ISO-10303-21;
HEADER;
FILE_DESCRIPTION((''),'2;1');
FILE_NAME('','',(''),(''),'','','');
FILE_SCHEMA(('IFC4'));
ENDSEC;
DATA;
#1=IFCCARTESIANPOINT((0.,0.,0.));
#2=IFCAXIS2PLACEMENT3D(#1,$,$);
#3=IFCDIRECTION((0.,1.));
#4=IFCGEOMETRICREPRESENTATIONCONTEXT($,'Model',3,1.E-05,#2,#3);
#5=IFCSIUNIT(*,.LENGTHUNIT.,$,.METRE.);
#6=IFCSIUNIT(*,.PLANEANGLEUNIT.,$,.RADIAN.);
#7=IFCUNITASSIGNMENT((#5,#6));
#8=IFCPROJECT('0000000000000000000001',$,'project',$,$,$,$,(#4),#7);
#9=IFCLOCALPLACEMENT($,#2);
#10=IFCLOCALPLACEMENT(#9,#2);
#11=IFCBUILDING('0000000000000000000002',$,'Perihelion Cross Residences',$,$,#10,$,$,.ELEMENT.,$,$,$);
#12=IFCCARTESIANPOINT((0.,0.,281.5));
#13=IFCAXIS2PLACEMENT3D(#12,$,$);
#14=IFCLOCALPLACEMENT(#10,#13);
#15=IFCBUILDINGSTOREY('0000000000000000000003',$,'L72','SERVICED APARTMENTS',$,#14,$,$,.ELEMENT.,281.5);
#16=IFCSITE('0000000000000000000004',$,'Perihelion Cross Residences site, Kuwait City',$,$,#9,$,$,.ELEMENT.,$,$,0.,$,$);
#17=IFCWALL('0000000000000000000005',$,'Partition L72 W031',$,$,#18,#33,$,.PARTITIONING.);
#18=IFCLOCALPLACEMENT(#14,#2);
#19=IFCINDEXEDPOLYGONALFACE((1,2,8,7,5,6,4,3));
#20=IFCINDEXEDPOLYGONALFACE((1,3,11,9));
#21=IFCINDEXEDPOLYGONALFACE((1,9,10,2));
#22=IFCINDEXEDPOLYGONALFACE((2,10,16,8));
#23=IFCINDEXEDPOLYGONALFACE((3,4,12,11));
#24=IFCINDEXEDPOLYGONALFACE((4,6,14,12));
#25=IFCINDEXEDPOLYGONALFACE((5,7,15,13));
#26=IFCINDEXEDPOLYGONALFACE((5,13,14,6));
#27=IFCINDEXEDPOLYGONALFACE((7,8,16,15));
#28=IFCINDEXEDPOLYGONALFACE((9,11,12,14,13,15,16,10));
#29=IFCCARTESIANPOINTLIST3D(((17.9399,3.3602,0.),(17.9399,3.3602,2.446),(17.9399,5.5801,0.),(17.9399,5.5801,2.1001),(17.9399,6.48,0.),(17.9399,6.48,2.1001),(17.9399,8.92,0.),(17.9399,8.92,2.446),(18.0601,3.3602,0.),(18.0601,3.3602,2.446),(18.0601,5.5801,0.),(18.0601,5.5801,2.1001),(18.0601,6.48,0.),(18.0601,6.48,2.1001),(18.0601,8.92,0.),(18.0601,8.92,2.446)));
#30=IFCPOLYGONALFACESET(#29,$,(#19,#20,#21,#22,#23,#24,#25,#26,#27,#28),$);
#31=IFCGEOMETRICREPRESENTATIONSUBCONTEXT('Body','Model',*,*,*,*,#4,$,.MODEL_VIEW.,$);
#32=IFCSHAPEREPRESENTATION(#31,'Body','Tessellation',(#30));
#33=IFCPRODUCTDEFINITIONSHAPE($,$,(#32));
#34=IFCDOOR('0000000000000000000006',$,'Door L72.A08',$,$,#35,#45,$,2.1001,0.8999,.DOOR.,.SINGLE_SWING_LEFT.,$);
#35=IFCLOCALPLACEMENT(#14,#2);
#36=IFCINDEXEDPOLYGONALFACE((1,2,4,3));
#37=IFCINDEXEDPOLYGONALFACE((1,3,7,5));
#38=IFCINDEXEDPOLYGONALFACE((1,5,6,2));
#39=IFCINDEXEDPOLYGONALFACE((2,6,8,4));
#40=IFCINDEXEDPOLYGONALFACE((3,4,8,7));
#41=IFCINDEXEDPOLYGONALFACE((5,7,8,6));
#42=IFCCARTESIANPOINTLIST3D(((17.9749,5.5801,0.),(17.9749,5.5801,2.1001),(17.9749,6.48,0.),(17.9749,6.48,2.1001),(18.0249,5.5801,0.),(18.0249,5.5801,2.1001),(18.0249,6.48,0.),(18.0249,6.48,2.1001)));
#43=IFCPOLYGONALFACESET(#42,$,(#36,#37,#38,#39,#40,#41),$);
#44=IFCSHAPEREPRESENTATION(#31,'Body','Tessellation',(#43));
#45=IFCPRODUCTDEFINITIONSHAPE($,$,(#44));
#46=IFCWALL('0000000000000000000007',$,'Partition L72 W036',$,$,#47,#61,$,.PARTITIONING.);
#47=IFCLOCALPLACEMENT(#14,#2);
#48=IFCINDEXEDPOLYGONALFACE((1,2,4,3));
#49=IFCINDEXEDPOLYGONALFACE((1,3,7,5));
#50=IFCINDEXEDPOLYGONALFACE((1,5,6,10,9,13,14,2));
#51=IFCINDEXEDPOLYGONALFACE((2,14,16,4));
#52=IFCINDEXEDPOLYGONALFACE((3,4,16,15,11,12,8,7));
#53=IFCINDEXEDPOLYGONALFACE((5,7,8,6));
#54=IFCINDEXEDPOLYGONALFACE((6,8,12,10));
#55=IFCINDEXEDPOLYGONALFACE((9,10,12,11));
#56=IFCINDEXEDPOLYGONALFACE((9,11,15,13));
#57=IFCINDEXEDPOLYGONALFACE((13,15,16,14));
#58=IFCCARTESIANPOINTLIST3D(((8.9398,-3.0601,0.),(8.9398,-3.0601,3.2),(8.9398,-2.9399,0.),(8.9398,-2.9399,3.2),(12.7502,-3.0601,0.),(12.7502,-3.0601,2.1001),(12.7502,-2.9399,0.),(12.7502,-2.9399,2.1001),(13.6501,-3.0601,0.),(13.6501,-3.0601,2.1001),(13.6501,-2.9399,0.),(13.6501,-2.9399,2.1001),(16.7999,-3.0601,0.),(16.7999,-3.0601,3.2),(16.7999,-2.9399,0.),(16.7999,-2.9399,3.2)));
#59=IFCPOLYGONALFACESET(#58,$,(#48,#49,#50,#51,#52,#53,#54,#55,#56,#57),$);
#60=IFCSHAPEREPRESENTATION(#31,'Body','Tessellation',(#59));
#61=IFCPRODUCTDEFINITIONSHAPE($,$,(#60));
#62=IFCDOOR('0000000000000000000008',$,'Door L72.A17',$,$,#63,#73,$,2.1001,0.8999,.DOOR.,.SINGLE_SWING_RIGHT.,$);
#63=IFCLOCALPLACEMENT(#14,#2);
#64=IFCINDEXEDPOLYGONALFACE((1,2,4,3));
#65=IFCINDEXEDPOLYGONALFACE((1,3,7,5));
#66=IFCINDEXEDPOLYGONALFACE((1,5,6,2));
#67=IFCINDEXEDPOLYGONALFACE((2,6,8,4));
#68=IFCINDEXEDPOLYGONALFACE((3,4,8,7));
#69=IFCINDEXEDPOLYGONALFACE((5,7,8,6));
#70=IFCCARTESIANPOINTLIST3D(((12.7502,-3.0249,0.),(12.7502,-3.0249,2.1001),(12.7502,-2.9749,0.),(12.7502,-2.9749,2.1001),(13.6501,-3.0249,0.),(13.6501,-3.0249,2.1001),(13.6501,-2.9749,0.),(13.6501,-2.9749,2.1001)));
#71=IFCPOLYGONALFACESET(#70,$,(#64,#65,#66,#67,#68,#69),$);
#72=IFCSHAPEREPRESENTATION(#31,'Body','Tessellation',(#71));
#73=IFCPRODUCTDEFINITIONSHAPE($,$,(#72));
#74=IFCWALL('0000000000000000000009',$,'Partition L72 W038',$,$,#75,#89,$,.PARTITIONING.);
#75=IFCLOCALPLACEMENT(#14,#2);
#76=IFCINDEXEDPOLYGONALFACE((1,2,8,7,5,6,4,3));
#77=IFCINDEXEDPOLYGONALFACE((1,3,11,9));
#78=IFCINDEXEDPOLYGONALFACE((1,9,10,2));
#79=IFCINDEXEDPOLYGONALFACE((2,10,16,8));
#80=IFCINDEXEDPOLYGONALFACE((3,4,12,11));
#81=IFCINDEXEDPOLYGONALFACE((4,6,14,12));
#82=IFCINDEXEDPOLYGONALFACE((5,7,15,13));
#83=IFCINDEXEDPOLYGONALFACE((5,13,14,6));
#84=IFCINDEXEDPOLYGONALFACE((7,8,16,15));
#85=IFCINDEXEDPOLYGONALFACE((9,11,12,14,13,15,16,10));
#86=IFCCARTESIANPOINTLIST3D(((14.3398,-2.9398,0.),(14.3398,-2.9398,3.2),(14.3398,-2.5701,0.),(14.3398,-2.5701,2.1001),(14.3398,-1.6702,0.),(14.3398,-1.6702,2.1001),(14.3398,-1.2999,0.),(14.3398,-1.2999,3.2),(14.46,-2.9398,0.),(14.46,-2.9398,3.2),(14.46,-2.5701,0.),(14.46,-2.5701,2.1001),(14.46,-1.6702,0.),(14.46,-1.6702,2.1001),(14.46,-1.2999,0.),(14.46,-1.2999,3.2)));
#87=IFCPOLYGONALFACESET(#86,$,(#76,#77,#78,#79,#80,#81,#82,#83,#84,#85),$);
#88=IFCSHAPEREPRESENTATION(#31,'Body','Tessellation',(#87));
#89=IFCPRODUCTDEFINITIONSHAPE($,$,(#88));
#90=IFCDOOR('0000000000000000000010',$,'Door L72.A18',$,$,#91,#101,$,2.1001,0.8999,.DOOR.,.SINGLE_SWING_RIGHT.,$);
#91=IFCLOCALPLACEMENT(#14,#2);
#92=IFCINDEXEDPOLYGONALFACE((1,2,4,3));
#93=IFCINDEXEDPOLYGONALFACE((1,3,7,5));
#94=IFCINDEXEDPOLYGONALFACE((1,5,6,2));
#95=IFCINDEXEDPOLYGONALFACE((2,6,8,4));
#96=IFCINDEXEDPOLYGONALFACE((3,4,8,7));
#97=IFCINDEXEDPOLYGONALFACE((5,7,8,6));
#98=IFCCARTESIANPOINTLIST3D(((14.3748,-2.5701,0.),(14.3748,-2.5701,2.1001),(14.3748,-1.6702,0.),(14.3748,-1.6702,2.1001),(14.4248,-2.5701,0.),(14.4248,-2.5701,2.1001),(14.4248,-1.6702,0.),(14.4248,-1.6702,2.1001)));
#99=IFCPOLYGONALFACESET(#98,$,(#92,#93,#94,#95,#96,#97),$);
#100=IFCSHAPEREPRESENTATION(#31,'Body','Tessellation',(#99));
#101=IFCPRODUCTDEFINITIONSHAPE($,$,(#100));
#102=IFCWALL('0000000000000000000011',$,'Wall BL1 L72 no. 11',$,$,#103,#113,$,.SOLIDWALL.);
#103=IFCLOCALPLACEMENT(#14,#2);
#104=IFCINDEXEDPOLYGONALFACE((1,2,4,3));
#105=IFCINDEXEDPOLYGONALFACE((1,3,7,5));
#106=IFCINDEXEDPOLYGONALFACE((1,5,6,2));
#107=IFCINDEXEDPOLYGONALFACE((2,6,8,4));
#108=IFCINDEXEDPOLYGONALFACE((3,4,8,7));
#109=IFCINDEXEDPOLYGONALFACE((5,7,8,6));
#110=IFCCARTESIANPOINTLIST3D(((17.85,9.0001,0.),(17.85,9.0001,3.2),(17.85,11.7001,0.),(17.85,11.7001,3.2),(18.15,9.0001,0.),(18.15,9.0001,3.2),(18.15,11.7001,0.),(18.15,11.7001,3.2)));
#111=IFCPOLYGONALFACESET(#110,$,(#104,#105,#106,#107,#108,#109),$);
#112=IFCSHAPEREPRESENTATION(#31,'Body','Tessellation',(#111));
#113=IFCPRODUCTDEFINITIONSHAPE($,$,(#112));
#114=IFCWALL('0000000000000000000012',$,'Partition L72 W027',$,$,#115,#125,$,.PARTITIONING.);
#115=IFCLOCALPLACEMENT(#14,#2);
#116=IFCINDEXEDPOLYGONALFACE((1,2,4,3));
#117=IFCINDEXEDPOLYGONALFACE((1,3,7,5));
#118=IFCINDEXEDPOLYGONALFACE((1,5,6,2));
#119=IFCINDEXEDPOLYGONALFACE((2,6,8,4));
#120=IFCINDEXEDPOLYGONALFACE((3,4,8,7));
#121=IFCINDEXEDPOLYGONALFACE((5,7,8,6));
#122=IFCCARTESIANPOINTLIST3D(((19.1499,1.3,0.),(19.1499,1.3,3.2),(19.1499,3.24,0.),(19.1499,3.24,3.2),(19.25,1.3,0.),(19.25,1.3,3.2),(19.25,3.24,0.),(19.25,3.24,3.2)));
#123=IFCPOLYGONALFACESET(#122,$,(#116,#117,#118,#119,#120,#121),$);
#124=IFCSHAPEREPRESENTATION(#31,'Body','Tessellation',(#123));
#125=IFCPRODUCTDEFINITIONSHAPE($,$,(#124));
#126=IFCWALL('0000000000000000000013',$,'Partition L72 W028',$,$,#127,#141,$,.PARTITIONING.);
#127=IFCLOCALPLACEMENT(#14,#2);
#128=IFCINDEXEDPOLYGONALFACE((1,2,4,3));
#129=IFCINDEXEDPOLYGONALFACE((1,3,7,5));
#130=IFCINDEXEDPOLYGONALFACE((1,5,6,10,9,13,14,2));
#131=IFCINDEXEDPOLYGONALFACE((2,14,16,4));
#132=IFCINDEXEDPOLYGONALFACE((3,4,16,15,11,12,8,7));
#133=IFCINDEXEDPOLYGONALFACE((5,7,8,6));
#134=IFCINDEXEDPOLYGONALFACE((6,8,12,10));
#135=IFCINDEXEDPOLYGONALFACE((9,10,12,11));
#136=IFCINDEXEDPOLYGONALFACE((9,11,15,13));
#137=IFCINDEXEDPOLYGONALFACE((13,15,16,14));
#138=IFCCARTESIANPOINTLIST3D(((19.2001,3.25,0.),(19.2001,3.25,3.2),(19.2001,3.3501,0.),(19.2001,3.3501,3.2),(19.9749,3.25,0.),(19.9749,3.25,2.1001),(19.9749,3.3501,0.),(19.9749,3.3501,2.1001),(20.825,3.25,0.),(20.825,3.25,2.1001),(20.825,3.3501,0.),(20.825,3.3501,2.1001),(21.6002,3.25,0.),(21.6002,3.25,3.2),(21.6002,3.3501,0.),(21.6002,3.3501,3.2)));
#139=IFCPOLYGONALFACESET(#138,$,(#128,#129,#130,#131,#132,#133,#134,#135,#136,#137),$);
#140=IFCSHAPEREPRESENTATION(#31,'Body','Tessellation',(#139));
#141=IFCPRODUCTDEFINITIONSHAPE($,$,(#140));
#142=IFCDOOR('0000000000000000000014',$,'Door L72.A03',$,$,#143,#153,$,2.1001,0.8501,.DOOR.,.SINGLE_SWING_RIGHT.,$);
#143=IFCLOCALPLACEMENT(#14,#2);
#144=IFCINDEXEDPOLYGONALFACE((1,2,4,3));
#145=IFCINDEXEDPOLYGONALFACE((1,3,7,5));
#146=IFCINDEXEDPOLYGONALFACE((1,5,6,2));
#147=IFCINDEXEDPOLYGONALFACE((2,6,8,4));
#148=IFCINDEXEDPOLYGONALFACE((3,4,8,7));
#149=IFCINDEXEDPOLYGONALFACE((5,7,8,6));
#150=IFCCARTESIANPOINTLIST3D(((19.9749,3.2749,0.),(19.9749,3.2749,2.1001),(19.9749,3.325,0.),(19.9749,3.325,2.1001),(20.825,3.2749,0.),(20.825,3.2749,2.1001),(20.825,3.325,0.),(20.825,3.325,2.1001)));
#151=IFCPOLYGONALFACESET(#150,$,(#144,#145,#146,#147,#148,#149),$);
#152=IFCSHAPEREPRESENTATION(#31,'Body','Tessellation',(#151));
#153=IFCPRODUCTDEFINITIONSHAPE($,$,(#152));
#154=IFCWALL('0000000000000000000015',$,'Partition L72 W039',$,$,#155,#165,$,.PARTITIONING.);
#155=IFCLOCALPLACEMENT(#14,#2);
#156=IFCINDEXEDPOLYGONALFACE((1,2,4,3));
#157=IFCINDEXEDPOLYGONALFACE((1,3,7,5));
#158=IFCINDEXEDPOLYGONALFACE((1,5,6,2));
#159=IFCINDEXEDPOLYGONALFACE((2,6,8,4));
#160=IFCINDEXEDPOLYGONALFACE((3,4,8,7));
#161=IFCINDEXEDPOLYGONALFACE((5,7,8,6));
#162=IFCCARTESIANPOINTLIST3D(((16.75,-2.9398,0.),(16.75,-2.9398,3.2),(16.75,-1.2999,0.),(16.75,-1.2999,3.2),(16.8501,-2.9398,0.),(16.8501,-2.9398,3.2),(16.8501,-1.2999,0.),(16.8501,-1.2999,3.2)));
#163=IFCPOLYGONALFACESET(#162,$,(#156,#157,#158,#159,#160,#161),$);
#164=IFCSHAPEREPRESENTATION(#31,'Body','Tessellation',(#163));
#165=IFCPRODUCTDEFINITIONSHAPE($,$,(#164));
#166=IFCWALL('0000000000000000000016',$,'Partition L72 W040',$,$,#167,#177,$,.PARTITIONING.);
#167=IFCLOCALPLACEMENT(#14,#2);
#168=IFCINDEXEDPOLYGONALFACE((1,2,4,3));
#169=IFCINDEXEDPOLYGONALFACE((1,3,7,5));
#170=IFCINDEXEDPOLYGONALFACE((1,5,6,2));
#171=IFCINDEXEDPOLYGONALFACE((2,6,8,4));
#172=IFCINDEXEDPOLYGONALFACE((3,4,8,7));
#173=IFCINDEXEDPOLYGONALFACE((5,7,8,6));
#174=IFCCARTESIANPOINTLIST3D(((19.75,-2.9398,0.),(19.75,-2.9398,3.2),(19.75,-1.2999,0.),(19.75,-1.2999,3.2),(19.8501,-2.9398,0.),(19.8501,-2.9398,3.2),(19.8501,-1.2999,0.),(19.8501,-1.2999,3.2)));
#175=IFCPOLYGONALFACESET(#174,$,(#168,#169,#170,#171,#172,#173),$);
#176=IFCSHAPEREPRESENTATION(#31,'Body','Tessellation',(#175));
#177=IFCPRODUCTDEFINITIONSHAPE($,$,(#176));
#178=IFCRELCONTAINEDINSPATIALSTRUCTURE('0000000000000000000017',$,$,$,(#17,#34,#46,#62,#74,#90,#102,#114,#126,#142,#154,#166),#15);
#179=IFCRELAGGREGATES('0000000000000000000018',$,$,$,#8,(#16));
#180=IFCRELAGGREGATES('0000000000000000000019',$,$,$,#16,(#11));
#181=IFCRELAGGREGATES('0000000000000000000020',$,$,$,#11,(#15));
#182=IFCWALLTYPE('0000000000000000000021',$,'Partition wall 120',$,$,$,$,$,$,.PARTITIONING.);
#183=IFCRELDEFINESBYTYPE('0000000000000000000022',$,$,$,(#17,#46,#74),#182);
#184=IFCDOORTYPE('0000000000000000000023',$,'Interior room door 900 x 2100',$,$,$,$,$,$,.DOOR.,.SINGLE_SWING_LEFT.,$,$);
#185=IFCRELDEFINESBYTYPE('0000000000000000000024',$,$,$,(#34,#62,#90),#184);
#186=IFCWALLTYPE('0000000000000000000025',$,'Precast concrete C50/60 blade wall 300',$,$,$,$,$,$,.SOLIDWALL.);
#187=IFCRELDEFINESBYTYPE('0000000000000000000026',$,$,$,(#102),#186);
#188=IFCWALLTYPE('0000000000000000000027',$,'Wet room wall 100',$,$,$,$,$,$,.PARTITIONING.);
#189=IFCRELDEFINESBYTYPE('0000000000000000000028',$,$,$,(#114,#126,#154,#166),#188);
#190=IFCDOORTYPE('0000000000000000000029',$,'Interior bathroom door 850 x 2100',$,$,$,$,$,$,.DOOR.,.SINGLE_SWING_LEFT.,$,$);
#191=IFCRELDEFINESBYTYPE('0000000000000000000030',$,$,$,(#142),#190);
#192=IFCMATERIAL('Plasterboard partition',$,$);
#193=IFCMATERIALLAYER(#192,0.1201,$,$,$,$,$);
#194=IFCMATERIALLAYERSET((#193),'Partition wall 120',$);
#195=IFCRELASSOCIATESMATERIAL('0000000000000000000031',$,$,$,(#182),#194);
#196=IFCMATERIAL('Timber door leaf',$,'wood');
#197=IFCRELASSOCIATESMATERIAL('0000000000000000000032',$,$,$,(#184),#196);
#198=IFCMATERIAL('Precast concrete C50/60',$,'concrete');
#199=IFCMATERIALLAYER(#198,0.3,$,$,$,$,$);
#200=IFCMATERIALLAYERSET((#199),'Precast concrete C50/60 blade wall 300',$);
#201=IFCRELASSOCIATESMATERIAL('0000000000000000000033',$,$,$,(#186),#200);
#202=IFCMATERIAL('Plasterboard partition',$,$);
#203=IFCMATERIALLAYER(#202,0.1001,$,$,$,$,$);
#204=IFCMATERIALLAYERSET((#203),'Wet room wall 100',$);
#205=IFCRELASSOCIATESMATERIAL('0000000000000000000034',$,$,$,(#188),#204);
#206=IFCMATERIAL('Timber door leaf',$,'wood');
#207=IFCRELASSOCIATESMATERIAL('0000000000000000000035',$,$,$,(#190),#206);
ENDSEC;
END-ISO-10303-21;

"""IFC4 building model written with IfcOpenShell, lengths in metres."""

from ifc_helpers import new_model, si_unit, direction, frame, frame_2d, origin, place, context, subcontext, project, spatial, rectangle, extrude, material, layer, layer_set, type_object, element, fill, save


model = new_model("IFC4")

# Units and contexts
model_context = context("Model", 3, precision=1e-05, world=origin(), true_north=direction((0.0, 1.0)))
body_context = subcontext(model_context, "Body", "Model", "MODEL_VIEW")
ifc_project = project(units=[si_unit("LENGTHUNIT", "METRE"), si_unit("PLANEANGLEUNIT", "RADIAN")], contexts=[model_context])

# Site, building, storey
site_placement = place(None, origin())
site = spatial("IfcSite", under=ifc_project, at=site_placement, Name="Perihelion Cross Residences site, Kuwait City", CompositionType="ELEMENT", RefElevation=0.0)
building_placement = place(site_placement, origin())
building = spatial("IfcBuilding", under=site, at=building_placement, Name="Perihelion Cross Residences", CompositionType="ELEMENT")
storey_placement = place(building_placement, frame((0.0, 0.0, 281.5)))
storey = spatial("IfcBuildingStorey", under=building, at=storey_placement, Name="L72", Description="SERVICED APARTMENTS", CompositionType="ELEMENT", Elevation=281.5)

# Shared definitions
ifc_material_1 = material(Name="Plasterboard partition")
ifc_layer_1 = layer(ifc_material_1, 0.1201)
ifc_layer_set_1 = layer_set([ifc_layer_1], Name="Partition wall 120")
wall_type_1 = type_object("IfcWallType", Name="Partition wall 120", PredefinedType="PARTITIONING", material=ifc_layer_set_1)

# Walls, openings, doors
wall_1_placement = place(storey_placement, frame((18.0, 8.9199, 0.0), z_axis=(0.0, 0.0, 1.0), x_axis=(0.0, -1.0, 0.0)))
wall_1 = element("IfcWall", 1, at=wall_1_placement, inside=storey, type_object=wall_type_1, Name="Partition L72 W031", PredefinedType="PARTITIONING", context=body_context, shape_type="SweptSolid", body=[
    extrude(rectangle(XDim=5.5598, YDim=0.1201, at=frame_2d((2.7798, 0.0))), origin(), (0.0, 0.0, 1.0), 2.446),
])
opening_1_placement = place(wall_1_placement, frame((2.4399, 0.0, 0.0)))
opening_1 = element("IfcOpeningElement", 2, at=opening_1_placement, cuts=wall_1, PredefinedType="OPENING", context=body_context, shape_type="SweptSolid", body=[
    extrude(rectangle(XDim=0.8999, YDim=2.1001, at=frame_2d((0.45, 1.05))), frame((0.0, 0.0701, 0.0), z_axis=(0.0, -1.0, 0.0), x_axis=(1.0, 0.0, 0.0)), (0.0, 0.0, 1.0), 0.1401),
])
ifc_material_2 = material(Name="Timber door leaf", Category="wood")
door_type_1 = type_object("IfcDoorType", Name="Interior room door 900 x 2100", OperationType="SINGLE_SWING_LEFT", PredefinedType="DOOR", material=ifc_material_2)
door_1_placement = place(opening_1_placement, origin())
door_1 = element("IfcDoor", 3, at=door_1_placement, inside=storey, type_object=door_type_1, Name="Door L72.A08", OperationType="SINGLE_SWING_LEFT", OverallHeight=2.1001, OverallWidth=0.8999, PredefinedType="DOOR", context=body_context, shape_type="SweptSolid", body=[
    extrude(rectangle(XDim=0.8999, YDim=2.1001, at=frame_2d((0.45, 1.05))), frame((0.0, 0.0249, 0.0), z_axis=(0.0, -1.0, 0.0), x_axis=(1.0, 0.0, 0.0)), (0.0, 0.0, 1.0), 0.05),
])
fill(opening_1, door_1)
wall_2_placement = place(storey_placement, frame((16.8, -3.0, 0.0), z_axis=(0.0, 0.0, 1.0), x_axis=(-1.0, 0.0, 0.0)))
wall_2 = element("IfcWall", 4, at=wall_2_placement, inside=storey, type_object=wall_type_1, Name="Partition L72 W036", PredefinedType="PARTITIONING", context=body_context, shape_type="SweptSolid", body=[
    extrude(rectangle(XDim=7.8601, YDim=0.1201, at=frame_2d((3.9302, 0.0))), origin(), (0.0, 0.0, 1.0), 3.2),
])
opening_2_placement = place(wall_2_placement, frame((3.1499, 0.0, 0.0)))
opening_2 = element("IfcOpeningElement", 5, at=opening_2_placement, cuts=wall_2, PredefinedType="OPENING", context=body_context, shape_type="SweptSolid", body=[
    extrude(rectangle(XDim=0.8999, YDim=2.1001, at=frame_2d((0.45, 1.05))), frame((0.0, 0.0701, 0.0), z_axis=(0.0, -1.0, 0.0), x_axis=(1.0, 0.0, 0.0)), (0.0, 0.0, 1.0), 0.1401),
])
door_2_placement = place(opening_2_placement, origin())
door_2 = element("IfcDoor", 6, at=door_2_placement, inside=storey, type_object=door_type_1, Name="Door L72.A17", OperationType="SINGLE_SWING_RIGHT", OverallHeight=2.1001, OverallWidth=0.8999, PredefinedType="DOOR", context=body_context, shape_type="SweptSolid", body=[
    extrude(rectangle(XDim=0.8999, YDim=2.1001, at=frame_2d((0.45, 1.05))), frame((0.0, 0.0249, 0.0), z_axis=(0.0, -1.0, 0.0), x_axis=(1.0, 0.0, 0.0)), (0.0, 0.0, 1.0), 0.05),
])
fill(opening_2, door_2)
wall_3_placement = place(storey_placement, frame((14.3999, -1.3, 0.0), z_axis=(0.0, 0.0, 1.0), x_axis=(0.0, -1.0, 0.0)))
wall_3 = element("IfcWall", 7, at=wall_3_placement, inside=storey, type_object=wall_type_1, Name="Partition L72 W038", PredefinedType="PARTITIONING", context=body_context, shape_type="SweptSolid", body=[
    extrude(rectangle(XDim=1.6399, YDim=0.1201, at=frame_2d((0.8198, 0.0))), origin(), (0.0, 0.0, 1.0), 3.2),
])
opening_3_placement = place(wall_3_placement, frame((0.3701, 0.0, 0.0)))
opening_3 = element("IfcOpeningElement", 8, at=opening_3_placement, cuts=wall_3, PredefinedType="OPENING", context=body_context, shape_type="SweptSolid", body=[
    extrude(rectangle(XDim=0.8999, YDim=2.1001, at=frame_2d((0.45, 1.05))), frame((0.0, 0.0701, 0.0), z_axis=(0.0, -1.0, 0.0), x_axis=(1.0, 0.0, 0.0)), (0.0, 0.0, 1.0), 0.1401),
])
door_3_placement = place(opening_3_placement, origin())
door_3 = element("IfcDoor", 9, at=door_3_placement, inside=storey, type_object=door_type_1, Name="Door L72.A18", OperationType="SINGLE_SWING_RIGHT", OverallHeight=2.1001, OverallWidth=0.8999, PredefinedType="DOOR", context=body_context, shape_type="SweptSolid", body=[
    extrude(rectangle(XDim=0.8999, YDim=2.1001, at=frame_2d((0.45, 1.05))), frame((0.0, 0.0249, 0.0), z_axis=(0.0, -1.0, 0.0), x_axis=(1.0, 0.0, 0.0)), (0.0, 0.0, 1.0), 0.05),
])
fill(opening_3, door_3)

# Walls
ifc_material_3 = material(Name="Precast concrete C50/60", Category="concrete")
ifc_layer_2 = layer(ifc_material_3, 0.3)
ifc_layer_set_2 = layer_set([ifc_layer_2], Name="Precast concrete C50/60 blade wall 300")
wall_type_2 = type_object("IfcWallType", Name="Precast concrete C50/60 blade wall 300", PredefinedType="SOLIDWALL", material=ifc_layer_set_2)
wall_4_placement = place(storey_placement, frame((18.0, 9.0, 0.0), z_axis=(0.0, 0.0, 1.0), x_axis=(0.0, 1.0, 0.0)))
element("IfcWall", 10, at=wall_4_placement, inside=storey, type_object=wall_type_2, Name="Wall BL1 L72 no. 11", PredefinedType="SOLIDWALL", context=body_context, shape_type="SweptSolid", body=[
    extrude(rectangle(XDim=2.7, YDim=0.3, at=frame_2d((1.3501, 0.0))), origin(), (0.0, 0.0, 1.0), 3.2),
])
ifc_material_4 = material(Name="Plasterboard partition")
ifc_layer_3 = layer(ifc_material_4, 0.1001)
ifc_layer_set_3 = layer_set([ifc_layer_3], Name="Wet room wall 100")
wall_type_3 = type_object("IfcWallType", Name="Wet room wall 100", PredefinedType="PARTITIONING", material=ifc_layer_set_3)
wall_5_placement = place(storey_placement, frame((19.2, 3.24, 0.0), z_axis=(0.0, 0.0, 1.0), x_axis=(0.0, -1.0, 0.0)))
element("IfcWall", 11, at=wall_5_placement, inside=storey, type_object=wall_type_3, Name="Partition L72 W027", PredefinedType="PARTITIONING", context=body_context, shape_type="SweptSolid", body=[
    extrude(rectangle(XDim=1.9399, YDim=0.1001, at=frame_2d((0.97, 0.0))), origin(), (0.0, 0.0, 1.0), 3.2),
])

# Wall, opening, door
wall_6_placement = place(storey_placement, frame((19.2, 3.3, 0.0), z_axis=(0.0, 0.0, 1.0), x_axis=(1.0, 0.0, 0.0)))
wall_6 = element("IfcWall", 12, at=wall_6_placement, inside=storey, type_object=wall_type_3, Name="Partition L72 W028", PredefinedType="PARTITIONING", context=body_context, shape_type="SweptSolid", body=[
    extrude(rectangle(XDim=2.4001, YDim=0.1001, at=frame_2d((1.2002, 0.0))), origin(), (0.0, 0.0, 1.0), 3.2),
])
opening_4_placement = place(wall_6_placement, frame((0.7749, 0.0, 0.0)))
opening_4 = element("IfcOpeningElement", 13, at=opening_4_placement, cuts=wall_6, PredefinedType="OPENING", context=body_context, shape_type="SweptSolid", body=[
    extrude(rectangle(XDim=0.8501, YDim=2.1001, at=frame_2d((0.425, 1.05))), frame((0.0, 0.0601, 0.0), z_axis=(0.0, -1.0, 0.0), x_axis=(1.0, 0.0, 0.0)), (0.0, 0.0, 1.0), 0.1201),
])
ifc_material_5 = material(Name="Timber door leaf", Category="wood")
door_type_2 = type_object("IfcDoorType", Name="Interior bathroom door 850 x 2100", OperationType="SINGLE_SWING_LEFT", PredefinedType="DOOR", material=ifc_material_5)
door_4_placement = place(opening_4_placement, origin())
door_4 = element("IfcDoor", 14, at=door_4_placement, inside=storey, type_object=door_type_2, Name="Door L72.A03", OperationType="SINGLE_SWING_RIGHT", OverallHeight=2.1001, OverallWidth=0.8501, PredefinedType="DOOR", context=body_context, shape_type="SweptSolid", body=[
    extrude(rectangle(XDim=0.8501, YDim=2.1001, at=frame_2d((0.425, 1.05))), frame((0.0, 0.0249, 0.0), z_axis=(0.0, -1.0, 0.0), x_axis=(1.0, 0.0, 0.0)), (0.0, 0.0, 1.0), 0.05),
])
fill(opening_4, door_4)

# Walls
for number, where, z_axis, x_axis, name in (
    (15, (16.8, -1.3, 0.0), (0.0, 0.0, 1.0), (0.0, -1.0, 0.0), "Partition L72 W039"),
    (16, (19.8, -1.3, 0.0), (0.0, 0.0, 1.0), (0.0, -1.0, 0.0), "Partition L72 W040"),
):
    element("IfcWall", number, at=place(storey_placement, frame(where, z_axis=z_axis, x_axis=x_axis)), inside=storey, type_object=wall_type_3, Name=name, PredefinedType="PARTITIONING", context=body_context, shape_type="SweptSolid", body=[
        extrude(rectangle(XDim=1.6399, YDim=0.1001, at=frame_2d((0.8198, 0.0))), origin(), (0.0, 0.0, 1.0), 3.2),
    ])

save(model, "model.ifc")
